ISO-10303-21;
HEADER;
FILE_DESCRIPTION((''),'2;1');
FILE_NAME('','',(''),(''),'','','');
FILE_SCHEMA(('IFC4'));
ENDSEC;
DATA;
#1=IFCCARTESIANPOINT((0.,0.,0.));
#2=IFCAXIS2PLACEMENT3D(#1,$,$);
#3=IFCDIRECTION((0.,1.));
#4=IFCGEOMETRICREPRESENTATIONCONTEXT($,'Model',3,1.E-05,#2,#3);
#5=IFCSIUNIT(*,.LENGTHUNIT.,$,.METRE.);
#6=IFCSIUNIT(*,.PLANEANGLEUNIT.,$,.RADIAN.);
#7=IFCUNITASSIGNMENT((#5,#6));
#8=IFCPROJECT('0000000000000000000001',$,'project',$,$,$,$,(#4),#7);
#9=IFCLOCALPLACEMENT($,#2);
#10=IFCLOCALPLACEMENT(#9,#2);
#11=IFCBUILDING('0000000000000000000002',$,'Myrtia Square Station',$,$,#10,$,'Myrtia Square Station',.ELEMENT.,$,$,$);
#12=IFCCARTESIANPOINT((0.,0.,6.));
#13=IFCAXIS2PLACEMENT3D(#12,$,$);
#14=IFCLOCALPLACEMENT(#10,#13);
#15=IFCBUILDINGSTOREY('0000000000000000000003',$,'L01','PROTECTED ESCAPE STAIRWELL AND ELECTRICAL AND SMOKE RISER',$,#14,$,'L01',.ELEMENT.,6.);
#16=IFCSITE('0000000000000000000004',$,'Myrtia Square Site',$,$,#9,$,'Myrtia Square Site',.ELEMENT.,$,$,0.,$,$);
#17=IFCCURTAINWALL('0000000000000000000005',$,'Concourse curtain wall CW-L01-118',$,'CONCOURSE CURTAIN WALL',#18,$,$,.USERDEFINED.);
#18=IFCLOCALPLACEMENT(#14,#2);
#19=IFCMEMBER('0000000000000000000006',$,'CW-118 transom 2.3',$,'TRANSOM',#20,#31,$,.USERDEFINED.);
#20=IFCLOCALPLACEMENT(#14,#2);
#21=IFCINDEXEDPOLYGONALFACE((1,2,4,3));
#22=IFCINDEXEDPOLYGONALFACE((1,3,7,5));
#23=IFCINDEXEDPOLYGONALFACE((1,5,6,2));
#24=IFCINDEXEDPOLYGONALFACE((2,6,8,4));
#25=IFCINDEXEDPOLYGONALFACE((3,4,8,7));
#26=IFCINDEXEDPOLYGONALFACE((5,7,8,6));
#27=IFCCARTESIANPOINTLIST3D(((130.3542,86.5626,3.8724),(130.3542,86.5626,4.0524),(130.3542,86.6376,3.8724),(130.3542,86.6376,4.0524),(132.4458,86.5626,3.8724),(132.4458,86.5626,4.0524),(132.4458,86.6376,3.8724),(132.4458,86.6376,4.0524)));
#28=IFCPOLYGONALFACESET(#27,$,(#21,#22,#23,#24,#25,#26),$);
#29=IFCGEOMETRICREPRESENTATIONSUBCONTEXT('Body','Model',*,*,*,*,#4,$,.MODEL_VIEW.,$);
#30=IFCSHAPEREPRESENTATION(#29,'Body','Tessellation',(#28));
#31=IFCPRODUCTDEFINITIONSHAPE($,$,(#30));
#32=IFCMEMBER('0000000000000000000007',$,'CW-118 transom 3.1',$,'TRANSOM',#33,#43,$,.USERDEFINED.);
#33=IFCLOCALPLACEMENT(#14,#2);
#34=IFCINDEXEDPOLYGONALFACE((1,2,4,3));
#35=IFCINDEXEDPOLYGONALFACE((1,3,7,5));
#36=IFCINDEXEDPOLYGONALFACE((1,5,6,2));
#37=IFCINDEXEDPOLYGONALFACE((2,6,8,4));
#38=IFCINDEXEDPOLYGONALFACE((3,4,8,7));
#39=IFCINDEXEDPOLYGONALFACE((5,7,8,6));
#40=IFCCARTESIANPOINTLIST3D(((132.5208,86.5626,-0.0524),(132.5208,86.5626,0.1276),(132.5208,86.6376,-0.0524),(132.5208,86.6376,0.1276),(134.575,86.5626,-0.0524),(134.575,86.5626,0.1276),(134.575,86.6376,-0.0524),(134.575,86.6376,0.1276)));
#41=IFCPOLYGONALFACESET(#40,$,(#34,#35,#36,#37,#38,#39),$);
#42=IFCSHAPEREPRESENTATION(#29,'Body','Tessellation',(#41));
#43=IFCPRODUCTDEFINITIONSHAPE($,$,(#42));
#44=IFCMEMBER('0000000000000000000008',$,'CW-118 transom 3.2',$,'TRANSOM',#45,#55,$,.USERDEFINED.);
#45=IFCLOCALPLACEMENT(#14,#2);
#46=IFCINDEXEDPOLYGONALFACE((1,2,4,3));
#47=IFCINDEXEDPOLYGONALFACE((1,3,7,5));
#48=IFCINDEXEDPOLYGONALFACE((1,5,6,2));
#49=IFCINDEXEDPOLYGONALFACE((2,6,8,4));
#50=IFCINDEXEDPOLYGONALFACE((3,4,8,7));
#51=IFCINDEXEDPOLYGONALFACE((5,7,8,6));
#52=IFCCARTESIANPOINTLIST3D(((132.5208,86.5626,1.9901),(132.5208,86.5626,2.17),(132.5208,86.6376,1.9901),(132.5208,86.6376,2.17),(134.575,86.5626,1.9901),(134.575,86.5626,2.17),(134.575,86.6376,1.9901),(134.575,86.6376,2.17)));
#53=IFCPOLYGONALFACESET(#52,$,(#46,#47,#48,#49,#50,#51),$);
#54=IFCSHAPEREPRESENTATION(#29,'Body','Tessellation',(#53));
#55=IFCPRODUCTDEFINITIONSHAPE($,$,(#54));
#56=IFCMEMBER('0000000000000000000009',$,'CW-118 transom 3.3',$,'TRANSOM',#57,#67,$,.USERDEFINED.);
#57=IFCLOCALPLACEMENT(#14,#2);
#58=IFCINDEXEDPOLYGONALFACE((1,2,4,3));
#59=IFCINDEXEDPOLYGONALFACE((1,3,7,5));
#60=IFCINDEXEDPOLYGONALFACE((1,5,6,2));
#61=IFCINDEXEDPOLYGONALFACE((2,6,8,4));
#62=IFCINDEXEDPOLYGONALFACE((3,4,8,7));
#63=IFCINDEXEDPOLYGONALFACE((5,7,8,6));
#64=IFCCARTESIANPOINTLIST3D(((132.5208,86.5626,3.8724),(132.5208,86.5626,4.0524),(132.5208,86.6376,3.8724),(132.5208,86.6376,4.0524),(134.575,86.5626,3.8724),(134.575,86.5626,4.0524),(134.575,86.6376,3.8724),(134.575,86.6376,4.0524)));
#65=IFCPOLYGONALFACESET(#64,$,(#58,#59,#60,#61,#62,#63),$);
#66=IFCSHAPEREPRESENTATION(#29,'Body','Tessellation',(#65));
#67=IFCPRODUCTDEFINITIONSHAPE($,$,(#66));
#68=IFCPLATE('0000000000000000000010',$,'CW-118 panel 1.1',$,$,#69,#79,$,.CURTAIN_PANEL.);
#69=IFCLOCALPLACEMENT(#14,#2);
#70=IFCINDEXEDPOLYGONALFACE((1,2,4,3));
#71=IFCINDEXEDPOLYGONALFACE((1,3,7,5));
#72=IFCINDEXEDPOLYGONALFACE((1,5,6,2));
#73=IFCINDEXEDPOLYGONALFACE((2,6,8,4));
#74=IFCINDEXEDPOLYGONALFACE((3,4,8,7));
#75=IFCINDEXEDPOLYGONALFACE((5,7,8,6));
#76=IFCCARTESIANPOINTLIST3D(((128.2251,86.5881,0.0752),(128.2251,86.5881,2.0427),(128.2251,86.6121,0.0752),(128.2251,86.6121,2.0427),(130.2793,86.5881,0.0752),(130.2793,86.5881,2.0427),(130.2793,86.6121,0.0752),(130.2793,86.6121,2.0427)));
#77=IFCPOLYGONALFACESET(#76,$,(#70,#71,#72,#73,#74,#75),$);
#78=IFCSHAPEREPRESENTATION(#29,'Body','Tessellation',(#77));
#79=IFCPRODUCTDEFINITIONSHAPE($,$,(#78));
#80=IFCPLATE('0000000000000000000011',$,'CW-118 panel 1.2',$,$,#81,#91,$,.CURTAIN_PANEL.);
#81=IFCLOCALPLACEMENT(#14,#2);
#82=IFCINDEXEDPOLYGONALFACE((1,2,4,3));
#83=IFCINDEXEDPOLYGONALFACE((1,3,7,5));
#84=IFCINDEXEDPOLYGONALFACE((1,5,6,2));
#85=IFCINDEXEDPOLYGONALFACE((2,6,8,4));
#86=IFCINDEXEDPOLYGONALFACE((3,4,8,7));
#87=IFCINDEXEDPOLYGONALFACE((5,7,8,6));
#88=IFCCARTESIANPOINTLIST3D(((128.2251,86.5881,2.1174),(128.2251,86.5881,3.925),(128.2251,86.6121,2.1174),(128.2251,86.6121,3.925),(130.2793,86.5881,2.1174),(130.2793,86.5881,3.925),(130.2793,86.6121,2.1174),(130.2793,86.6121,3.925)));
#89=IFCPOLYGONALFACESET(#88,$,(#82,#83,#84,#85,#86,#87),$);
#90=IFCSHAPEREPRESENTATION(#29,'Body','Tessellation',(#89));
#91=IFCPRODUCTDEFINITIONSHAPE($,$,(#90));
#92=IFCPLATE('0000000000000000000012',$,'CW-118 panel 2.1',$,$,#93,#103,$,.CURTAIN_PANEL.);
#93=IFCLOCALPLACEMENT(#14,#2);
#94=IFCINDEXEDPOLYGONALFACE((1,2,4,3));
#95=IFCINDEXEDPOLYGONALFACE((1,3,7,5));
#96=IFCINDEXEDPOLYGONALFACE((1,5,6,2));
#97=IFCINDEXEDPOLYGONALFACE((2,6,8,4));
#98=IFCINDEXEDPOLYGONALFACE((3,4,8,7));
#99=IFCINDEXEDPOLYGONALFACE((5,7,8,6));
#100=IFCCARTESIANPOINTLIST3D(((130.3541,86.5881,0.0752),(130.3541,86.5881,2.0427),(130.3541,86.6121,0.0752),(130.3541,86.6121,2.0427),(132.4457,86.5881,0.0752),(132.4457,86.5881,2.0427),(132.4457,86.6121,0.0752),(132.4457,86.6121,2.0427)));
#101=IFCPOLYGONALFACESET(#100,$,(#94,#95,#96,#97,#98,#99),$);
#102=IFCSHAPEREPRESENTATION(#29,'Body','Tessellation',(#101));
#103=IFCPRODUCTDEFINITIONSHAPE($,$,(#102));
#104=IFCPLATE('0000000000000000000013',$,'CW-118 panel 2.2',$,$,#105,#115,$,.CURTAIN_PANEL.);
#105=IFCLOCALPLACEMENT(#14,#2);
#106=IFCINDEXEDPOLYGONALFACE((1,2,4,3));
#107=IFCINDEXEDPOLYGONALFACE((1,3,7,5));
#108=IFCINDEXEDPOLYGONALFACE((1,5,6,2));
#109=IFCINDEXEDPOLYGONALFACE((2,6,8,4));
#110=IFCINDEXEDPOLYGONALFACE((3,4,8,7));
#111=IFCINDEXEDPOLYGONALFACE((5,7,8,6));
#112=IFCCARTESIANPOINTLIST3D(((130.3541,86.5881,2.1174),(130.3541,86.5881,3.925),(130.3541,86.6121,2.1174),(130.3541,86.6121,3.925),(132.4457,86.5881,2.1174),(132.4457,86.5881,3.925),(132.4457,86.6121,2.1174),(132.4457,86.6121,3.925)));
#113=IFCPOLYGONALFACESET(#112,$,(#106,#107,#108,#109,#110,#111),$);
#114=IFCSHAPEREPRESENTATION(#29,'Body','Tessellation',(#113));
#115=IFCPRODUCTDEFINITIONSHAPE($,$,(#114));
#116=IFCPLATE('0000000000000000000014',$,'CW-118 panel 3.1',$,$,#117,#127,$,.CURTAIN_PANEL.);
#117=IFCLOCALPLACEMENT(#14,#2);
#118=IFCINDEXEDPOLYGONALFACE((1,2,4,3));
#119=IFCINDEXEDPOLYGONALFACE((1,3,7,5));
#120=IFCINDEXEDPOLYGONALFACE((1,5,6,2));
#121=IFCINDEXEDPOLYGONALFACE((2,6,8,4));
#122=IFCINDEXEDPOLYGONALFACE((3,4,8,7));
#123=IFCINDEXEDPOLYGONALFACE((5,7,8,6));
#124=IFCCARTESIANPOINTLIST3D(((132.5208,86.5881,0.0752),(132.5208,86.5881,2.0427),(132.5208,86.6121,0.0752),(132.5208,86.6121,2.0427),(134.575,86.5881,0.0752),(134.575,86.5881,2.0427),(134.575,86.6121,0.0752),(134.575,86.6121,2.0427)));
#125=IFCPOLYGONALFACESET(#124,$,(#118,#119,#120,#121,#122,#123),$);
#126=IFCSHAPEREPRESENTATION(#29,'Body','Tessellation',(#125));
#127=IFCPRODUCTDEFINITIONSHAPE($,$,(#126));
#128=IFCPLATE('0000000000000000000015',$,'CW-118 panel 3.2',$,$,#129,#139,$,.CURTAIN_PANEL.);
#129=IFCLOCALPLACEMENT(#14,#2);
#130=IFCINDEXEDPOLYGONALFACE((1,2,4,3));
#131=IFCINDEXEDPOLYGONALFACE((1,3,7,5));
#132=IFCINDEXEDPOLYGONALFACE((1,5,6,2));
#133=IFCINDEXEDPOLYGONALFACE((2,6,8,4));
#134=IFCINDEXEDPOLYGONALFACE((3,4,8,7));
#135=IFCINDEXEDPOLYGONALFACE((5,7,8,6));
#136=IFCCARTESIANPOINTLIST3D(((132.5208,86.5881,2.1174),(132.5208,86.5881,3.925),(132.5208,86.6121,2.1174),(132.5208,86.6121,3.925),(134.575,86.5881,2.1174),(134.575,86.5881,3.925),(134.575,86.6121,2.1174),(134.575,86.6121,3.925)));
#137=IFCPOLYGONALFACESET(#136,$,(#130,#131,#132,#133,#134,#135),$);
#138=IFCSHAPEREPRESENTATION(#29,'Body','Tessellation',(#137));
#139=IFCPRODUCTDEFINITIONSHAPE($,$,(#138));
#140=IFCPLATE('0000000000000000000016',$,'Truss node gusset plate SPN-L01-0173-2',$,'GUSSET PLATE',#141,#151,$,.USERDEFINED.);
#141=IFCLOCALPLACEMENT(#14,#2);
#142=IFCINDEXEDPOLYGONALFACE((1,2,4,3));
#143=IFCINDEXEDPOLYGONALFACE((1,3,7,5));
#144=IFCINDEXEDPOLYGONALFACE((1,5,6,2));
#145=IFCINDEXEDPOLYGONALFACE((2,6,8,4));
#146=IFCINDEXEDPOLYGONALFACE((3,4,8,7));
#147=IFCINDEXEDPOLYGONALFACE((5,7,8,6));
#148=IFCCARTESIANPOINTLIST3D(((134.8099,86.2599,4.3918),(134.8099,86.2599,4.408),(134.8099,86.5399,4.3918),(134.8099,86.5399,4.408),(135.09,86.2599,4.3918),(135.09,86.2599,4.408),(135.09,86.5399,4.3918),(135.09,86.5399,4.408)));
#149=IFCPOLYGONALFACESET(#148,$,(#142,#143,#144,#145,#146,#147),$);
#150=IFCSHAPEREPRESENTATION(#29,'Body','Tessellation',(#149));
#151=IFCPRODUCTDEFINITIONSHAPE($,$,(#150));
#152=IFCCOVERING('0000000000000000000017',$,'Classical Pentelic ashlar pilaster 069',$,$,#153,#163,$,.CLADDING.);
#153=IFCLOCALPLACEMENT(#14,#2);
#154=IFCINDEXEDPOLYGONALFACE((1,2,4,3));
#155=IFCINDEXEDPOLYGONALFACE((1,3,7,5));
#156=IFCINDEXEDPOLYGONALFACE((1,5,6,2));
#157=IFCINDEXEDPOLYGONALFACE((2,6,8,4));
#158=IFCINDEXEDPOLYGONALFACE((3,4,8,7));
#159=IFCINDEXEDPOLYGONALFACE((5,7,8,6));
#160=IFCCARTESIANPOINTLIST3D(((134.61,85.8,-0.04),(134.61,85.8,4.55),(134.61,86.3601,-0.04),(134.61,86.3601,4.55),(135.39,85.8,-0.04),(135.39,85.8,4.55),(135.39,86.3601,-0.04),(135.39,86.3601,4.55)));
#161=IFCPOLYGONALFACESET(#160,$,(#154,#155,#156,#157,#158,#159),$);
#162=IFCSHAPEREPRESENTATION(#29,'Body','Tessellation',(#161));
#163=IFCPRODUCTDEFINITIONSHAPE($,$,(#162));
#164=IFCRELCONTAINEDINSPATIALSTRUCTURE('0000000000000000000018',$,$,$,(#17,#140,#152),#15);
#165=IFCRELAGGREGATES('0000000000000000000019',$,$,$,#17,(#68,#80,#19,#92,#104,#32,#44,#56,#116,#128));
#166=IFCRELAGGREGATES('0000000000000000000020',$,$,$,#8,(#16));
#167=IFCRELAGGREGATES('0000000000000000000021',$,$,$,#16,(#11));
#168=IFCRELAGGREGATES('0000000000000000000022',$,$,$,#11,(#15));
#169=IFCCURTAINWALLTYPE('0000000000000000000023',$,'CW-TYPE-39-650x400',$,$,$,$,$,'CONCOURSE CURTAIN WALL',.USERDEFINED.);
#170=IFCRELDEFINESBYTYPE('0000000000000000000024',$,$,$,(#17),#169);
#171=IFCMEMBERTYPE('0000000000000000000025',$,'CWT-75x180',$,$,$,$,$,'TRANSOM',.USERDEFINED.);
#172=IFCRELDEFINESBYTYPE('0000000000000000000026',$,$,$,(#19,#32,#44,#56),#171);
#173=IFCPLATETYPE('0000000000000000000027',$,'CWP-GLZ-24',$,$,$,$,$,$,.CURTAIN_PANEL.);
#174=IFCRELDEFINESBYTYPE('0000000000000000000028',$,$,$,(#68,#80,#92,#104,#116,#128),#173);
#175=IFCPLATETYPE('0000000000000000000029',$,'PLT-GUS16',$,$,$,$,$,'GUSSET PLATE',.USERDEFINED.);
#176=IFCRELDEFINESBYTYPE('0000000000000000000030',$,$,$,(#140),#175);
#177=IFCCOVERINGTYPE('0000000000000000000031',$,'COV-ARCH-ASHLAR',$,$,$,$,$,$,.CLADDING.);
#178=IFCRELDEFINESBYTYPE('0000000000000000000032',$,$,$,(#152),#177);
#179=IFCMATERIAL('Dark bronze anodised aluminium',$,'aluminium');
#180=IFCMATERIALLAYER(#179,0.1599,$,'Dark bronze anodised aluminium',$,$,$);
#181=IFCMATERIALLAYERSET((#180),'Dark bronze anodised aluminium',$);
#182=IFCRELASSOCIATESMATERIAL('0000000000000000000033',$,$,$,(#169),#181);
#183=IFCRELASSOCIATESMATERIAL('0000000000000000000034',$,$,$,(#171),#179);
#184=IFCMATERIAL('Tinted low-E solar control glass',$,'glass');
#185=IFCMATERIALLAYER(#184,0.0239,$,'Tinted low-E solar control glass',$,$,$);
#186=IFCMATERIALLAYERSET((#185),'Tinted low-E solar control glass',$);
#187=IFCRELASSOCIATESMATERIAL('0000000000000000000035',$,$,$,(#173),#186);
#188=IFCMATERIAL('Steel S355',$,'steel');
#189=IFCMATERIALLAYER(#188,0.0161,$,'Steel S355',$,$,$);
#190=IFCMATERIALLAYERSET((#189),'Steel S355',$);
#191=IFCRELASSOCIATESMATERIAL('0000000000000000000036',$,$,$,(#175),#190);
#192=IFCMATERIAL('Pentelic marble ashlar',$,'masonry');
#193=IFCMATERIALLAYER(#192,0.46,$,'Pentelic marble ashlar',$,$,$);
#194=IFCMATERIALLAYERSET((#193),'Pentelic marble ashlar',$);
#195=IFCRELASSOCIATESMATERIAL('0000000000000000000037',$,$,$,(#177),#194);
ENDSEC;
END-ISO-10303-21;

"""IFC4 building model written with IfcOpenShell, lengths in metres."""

from ifc_helpers import new_model, si_unit, direction, frame, origin, origin_2d, place, context, subcontext, project, spatial, rectangle, extrude, material, layer, layer_set, material_profile, profile_set, type_object, element, aggregate, save


model = new_model("IFC4")

# Units and contexts
model_context = context("Model", 3, precision=1e-05, world=origin(), true_north=direction((0.0, 1.0)))
body_context = subcontext(model_context, "Body", "Model", "MODEL_VIEW")
ifc_project = project(units=[si_unit("LENGTHUNIT", "METRE"), si_unit("PLANEANGLEUNIT", "RADIAN")], contexts=[model_context])

# Site, building, storey
site_placement = place(None, origin())
site = spatial("IfcSite", under=ifc_project, at=site_placement, Name="Myrtia Square Site", LongName="Myrtia Square Site", CompositionType="ELEMENT", RefElevation=0.0)
building_placement = place(site_placement, origin())
building = spatial("IfcBuilding", under=site, at=building_placement, Name="Myrtia Square Station", LongName="Myrtia Square Station", CompositionType="ELEMENT")
storey_placement = place(building_placement, frame((0.0, 0.0, 6.0)))
storey = spatial("IfcBuildingStorey", under=building, at=storey_placement, Name="L01", Description="PROTECTED ESCAPE STAIRWELL AND ELECTRICAL AND SMOKE RISER", LongName="L01", CompositionType="ELEMENT", Elevation=6.0)

# Shared definitions
ifc_material_1 = material(Name="Steel S355", Category="steel")

# Curtain wall, members, plates
ifc_material_2 = material(Name="Dark bronze anodised aluminium", Category="aluminium")
ifc_layer_1 = layer(ifc_material_2, 0.1599, Name="Dark bronze anodised aluminium")
ifc_layer_set_1 = layer_set([ifc_layer_1], Name="Dark bronze anodised aluminium")
curtain_wall_type = type_object("IfcCurtainWallType", Name="CW-TYPE-39-650x400", ElementType="CONCOURSE CURTAIN WALL", PredefinedType="USERDEFINED", material=ifc_layer_set_1)
curtain_wall_placement = place(storey_placement, origin())
curtain_wall = element("IfcCurtainWall", 1, at=curtain_wall_placement, inside=storey, type_object=curtain_wall_type, Name="Concourse curtain wall CW-L01-118", ObjectType="CONCOURSE CURTAIN WALL", PredefinedType="USERDEFINED")
ifc_material_profile_1 = material_profile(ifc_material_2, rectangle(XDim=0.075, YDim=0.1799, at=origin_2d()), Name="ALU-T 75x180")
ifc_profile_set_1 = profile_set([ifc_material_profile_1], Name="Dark bronze anodised aluminium")
member_type_1 = type_object("IfcMemberType", Name="CWT-75x180", ElementType="TRANSOM", PredefinedType="USERDEFINED", material=ifc_profile_set_1)
member_1_placement = place(storey_placement, frame((130.3542, 86.6001, 3.9624), z_axis=(1.0, 0.0, 0.0), x_axis=(0.0, 1.0, 0.0)))
member_1 = element("IfcMember", 2, at=member_1_placement, type_object=member_type_1, Name="CW-118 transom 2.3", ObjectType="TRANSOM", PredefinedType="USERDEFINED", context=body_context, shape_type="SweptSolid", body=[
    extrude(rectangle(XDim=0.075, YDim=0.1799, at=origin_2d()), origin(), (0.0, 0.0, 1.0), 2.0916),
])
member_2_placement = place(storey_placement, frame((132.5208, 86.6001, 0.0376), z_axis=(1.0, 0.0, 0.0), x_axis=(0.0, 1.0, 0.0)))
member_2 = element("IfcMember", 3, at=member_2_placement, type_object=member_type_1, Name="CW-118 transom 3.1", ObjectType="TRANSOM", PredefinedType="USERDEFINED", context=body_context, shape_type="SweptSolid", body=[
    extrude(rectangle(XDim=0.075, YDim=0.1799, at=origin_2d()), origin(), (0.0, 0.0, 1.0), 2.0542),
])
member_3_placement = place(storey_placement, frame((132.5208, 86.6001, 2.0801), z_axis=(1.0, 0.0, 0.0), x_axis=(0.0, 1.0, 0.0)))
member_3 = element("IfcMember", 4, at=member_3_placement, type_object=member_type_1, Name="CW-118 transom 3.2", ObjectType="TRANSOM", PredefinedType="USERDEFINED", context=body_context, shape_type="SweptSolid", body=[
    extrude(rectangle(XDim=0.075, YDim=0.1799, at=origin_2d()), origin(), (0.0, 0.0, 1.0), 2.0542),
])
member_4_placement = place(storey_placement, frame((132.5208, 86.6001, 3.9624), z_axis=(1.0, 0.0, 0.0), x_axis=(0.0, 1.0, 0.0)))
member_4 = element("IfcMember", 5, at=member_4_placement, type_object=member_type_1, Name="CW-118 transom 3.3", ObjectType="TRANSOM", PredefinedType="USERDEFINED", context=body_context, shape_type="SweptSolid", body=[
    extrude(rectangle(XDim=0.075, YDim=0.1799, at=origin_2d()), origin(), (0.0, 0.0, 1.0), 2.0542),
])
ifc_material_3 = material(Name="Tinted low-E solar control glass", Category="glass")
ifc_layer_2 = layer(ifc_material_3, 0.0239, Name="Tinted low-E solar control glass")
ifc_layer_set_2 = layer_set([ifc_layer_2], Name="Tinted low-E solar control glass")
plate_type_1 = type_object("IfcPlateType", Name="CWP-GLZ-24", PredefinedType="CURTAIN_PANEL", material=ifc_layer_set_2)
plate_1_placement = place(storey_placement, frame((129.2522, 86.6001, 0.0752), z_axis=(0.0, 0.0, 1.0), x_axis=(1.0, 0.0, 0.0)))
plate_1 = element("IfcPlate", 6, at=plate_1_placement, type_object=plate_type_1, Name="CW-118 panel 1.1", PredefinedType="CURTAIN_PANEL", context=body_context, shape_type="SweptSolid", body=[
    extrude(rectangle(XDim=2.0542, YDim=0.0239, at=origin_2d()), origin(), (0.0, 0.0, 1.0), 1.9675),
])
plate_2_placement = place(storey_placement, frame((129.2522, 86.6001, 2.1174), z_axis=(0.0, 0.0, 1.0), x_axis=(1.0, 0.0, 0.0)))
plate_2 = element("IfcPlate", 7, at=plate_2_placement, type_object=plate_type_1, Name="CW-118 panel 1.2", PredefinedType="CURTAIN_PANEL", context=body_context, shape_type="SweptSolid", body=[
    extrude(rectangle(XDim=2.0542, YDim=0.0239, at=origin_2d()), origin(), (0.0, 0.0, 1.0), 1.8076),
])
plate_3_placement = place(storey_placement, frame((131.3999, 86.6001, 0.0752), z_axis=(0.0, 0.0, 1.0), x_axis=(1.0, 0.0, 0.0)))
plate_3 = element("IfcPlate", 8, at=plate_3_placement, type_object=plate_type_1, Name="CW-118 panel 2.1", PredefinedType="CURTAIN_PANEL", context=body_context, shape_type="SweptSolid", body=[
    extrude(rectangle(XDim=2.0916, YDim=0.0239, at=origin_2d()), origin(), (0.0, 0.0, 1.0), 1.9675),
])
plate_4_placement = place(storey_placement, frame((131.3999, 86.6001, 2.1174), z_axis=(0.0, 0.0, 1.0), x_axis=(1.0, 0.0, 0.0)))
plate_4 = element("IfcPlate", 9, at=plate_4_placement, type_object=plate_type_1, Name="CW-118 panel 2.2", PredefinedType="CURTAIN_PANEL", context=body_context, shape_type="SweptSolid", body=[
    extrude(rectangle(XDim=2.0916, YDim=0.0239, at=origin_2d()), origin(), (0.0, 0.0, 1.0), 1.8076),
])
plate_5_placement = place(storey_placement, frame((133.5479, 86.6001, 0.0752), z_axis=(0.0, 0.0, 1.0), x_axis=(1.0, 0.0, 0.0)))
plate_5 = element("IfcPlate", 10, at=plate_5_placement, type_object=plate_type_1, Name="CW-118 panel 3.1", PredefinedType="CURTAIN_PANEL", context=body_context, shape_type="SweptSolid", body=[
    extrude(rectangle(XDim=2.0542, YDim=0.0239, at=origin_2d()), origin(), (0.0, 0.0, 1.0), 1.9675),
])
plate_6_placement = place(storey_placement, frame((133.5479, 86.6001, 2.1174), z_axis=(0.0, 0.0, 1.0), x_axis=(1.0, 0.0, 0.0)))
plate_6 = element("IfcPlate", 11, at=plate_6_placement, type_object=plate_type_1, Name="CW-118 panel 3.2", PredefinedType="CURTAIN_PANEL", context=body_context, shape_type="SweptSolid", body=[
    extrude(rectangle(XDim=2.0542, YDim=0.0239, at=origin_2d()), origin(), (0.0, 0.0, 1.0), 1.8076),
])
aggregate(curtain_wall, [plate_1, plate_2, member_1, plate_3, plate_4, member_2, member_3, member_4, plate_5, plate_6])

# Plate
ifc_layer_3 = layer(ifc_material_1, 0.0161, Name="Steel S355")
ifc_layer_set_3 = layer_set([ifc_layer_3], Name="Steel S355")
plate_type_2 = type_object("IfcPlateType", Name="PLT-GUS16", ElementType="GUSSET PLATE", PredefinedType="USERDEFINED", material=ifc_layer_set_3)
plate_7_placement = place(storey_placement, frame((134.95, 86.3999, 4.3918), z_axis=(0.0, 0.0, 1.0), x_axis=(1.0, 0.0, 0.0)))
element("IfcPlate", 12, at=plate_7_placement, inside=storey, type_object=plate_type_2, Name="Truss node gusset plate SPN-L01-0173-2", ObjectType="GUSSET PLATE", PredefinedType="USERDEFINED", context=body_context, shape_type="SweptSolid", body=[
    extrude(rectangle(XDim=0.28, YDim=0.28, at=origin_2d()), origin(), (0.0, 0.0, 1.0), 0.0161),
])

# Covering
ifc_material_4 = material(Name="Pentelic marble ashlar", Category="masonry")
ifc_layer_4 = layer(ifc_material_4, 0.46, Name="Pentelic marble ashlar")
ifc_layer_set_4 = layer_set([ifc_layer_4], Name="Pentelic marble ashlar")
covering_type = type_object("IfcCoveringType", Name="COV-ARCH-ASHLAR", PredefinedType="CLADDING", material=ifc_layer_set_4)
covering_placement = place(storey_placement, frame((135.0, 86.0801, -0.04), z_axis=(0.0, 0.0, 1.0), x_axis=(1.0, 0.0, 0.0)))
element("IfcCovering", 13, at=covering_placement, inside=storey, type_object=covering_type, Name="Classical Pentelic ashlar pilaster 069", PredefinedType="CLADDING", context=body_context, shape_type="SweptSolid", body=[
    extrude(rectangle(XDim=0.78, YDim=0.5601, at=origin_2d()), origin(), (0.0, 0.0, 1.0), 4.5901),
])

save(model, "model.ifc")
